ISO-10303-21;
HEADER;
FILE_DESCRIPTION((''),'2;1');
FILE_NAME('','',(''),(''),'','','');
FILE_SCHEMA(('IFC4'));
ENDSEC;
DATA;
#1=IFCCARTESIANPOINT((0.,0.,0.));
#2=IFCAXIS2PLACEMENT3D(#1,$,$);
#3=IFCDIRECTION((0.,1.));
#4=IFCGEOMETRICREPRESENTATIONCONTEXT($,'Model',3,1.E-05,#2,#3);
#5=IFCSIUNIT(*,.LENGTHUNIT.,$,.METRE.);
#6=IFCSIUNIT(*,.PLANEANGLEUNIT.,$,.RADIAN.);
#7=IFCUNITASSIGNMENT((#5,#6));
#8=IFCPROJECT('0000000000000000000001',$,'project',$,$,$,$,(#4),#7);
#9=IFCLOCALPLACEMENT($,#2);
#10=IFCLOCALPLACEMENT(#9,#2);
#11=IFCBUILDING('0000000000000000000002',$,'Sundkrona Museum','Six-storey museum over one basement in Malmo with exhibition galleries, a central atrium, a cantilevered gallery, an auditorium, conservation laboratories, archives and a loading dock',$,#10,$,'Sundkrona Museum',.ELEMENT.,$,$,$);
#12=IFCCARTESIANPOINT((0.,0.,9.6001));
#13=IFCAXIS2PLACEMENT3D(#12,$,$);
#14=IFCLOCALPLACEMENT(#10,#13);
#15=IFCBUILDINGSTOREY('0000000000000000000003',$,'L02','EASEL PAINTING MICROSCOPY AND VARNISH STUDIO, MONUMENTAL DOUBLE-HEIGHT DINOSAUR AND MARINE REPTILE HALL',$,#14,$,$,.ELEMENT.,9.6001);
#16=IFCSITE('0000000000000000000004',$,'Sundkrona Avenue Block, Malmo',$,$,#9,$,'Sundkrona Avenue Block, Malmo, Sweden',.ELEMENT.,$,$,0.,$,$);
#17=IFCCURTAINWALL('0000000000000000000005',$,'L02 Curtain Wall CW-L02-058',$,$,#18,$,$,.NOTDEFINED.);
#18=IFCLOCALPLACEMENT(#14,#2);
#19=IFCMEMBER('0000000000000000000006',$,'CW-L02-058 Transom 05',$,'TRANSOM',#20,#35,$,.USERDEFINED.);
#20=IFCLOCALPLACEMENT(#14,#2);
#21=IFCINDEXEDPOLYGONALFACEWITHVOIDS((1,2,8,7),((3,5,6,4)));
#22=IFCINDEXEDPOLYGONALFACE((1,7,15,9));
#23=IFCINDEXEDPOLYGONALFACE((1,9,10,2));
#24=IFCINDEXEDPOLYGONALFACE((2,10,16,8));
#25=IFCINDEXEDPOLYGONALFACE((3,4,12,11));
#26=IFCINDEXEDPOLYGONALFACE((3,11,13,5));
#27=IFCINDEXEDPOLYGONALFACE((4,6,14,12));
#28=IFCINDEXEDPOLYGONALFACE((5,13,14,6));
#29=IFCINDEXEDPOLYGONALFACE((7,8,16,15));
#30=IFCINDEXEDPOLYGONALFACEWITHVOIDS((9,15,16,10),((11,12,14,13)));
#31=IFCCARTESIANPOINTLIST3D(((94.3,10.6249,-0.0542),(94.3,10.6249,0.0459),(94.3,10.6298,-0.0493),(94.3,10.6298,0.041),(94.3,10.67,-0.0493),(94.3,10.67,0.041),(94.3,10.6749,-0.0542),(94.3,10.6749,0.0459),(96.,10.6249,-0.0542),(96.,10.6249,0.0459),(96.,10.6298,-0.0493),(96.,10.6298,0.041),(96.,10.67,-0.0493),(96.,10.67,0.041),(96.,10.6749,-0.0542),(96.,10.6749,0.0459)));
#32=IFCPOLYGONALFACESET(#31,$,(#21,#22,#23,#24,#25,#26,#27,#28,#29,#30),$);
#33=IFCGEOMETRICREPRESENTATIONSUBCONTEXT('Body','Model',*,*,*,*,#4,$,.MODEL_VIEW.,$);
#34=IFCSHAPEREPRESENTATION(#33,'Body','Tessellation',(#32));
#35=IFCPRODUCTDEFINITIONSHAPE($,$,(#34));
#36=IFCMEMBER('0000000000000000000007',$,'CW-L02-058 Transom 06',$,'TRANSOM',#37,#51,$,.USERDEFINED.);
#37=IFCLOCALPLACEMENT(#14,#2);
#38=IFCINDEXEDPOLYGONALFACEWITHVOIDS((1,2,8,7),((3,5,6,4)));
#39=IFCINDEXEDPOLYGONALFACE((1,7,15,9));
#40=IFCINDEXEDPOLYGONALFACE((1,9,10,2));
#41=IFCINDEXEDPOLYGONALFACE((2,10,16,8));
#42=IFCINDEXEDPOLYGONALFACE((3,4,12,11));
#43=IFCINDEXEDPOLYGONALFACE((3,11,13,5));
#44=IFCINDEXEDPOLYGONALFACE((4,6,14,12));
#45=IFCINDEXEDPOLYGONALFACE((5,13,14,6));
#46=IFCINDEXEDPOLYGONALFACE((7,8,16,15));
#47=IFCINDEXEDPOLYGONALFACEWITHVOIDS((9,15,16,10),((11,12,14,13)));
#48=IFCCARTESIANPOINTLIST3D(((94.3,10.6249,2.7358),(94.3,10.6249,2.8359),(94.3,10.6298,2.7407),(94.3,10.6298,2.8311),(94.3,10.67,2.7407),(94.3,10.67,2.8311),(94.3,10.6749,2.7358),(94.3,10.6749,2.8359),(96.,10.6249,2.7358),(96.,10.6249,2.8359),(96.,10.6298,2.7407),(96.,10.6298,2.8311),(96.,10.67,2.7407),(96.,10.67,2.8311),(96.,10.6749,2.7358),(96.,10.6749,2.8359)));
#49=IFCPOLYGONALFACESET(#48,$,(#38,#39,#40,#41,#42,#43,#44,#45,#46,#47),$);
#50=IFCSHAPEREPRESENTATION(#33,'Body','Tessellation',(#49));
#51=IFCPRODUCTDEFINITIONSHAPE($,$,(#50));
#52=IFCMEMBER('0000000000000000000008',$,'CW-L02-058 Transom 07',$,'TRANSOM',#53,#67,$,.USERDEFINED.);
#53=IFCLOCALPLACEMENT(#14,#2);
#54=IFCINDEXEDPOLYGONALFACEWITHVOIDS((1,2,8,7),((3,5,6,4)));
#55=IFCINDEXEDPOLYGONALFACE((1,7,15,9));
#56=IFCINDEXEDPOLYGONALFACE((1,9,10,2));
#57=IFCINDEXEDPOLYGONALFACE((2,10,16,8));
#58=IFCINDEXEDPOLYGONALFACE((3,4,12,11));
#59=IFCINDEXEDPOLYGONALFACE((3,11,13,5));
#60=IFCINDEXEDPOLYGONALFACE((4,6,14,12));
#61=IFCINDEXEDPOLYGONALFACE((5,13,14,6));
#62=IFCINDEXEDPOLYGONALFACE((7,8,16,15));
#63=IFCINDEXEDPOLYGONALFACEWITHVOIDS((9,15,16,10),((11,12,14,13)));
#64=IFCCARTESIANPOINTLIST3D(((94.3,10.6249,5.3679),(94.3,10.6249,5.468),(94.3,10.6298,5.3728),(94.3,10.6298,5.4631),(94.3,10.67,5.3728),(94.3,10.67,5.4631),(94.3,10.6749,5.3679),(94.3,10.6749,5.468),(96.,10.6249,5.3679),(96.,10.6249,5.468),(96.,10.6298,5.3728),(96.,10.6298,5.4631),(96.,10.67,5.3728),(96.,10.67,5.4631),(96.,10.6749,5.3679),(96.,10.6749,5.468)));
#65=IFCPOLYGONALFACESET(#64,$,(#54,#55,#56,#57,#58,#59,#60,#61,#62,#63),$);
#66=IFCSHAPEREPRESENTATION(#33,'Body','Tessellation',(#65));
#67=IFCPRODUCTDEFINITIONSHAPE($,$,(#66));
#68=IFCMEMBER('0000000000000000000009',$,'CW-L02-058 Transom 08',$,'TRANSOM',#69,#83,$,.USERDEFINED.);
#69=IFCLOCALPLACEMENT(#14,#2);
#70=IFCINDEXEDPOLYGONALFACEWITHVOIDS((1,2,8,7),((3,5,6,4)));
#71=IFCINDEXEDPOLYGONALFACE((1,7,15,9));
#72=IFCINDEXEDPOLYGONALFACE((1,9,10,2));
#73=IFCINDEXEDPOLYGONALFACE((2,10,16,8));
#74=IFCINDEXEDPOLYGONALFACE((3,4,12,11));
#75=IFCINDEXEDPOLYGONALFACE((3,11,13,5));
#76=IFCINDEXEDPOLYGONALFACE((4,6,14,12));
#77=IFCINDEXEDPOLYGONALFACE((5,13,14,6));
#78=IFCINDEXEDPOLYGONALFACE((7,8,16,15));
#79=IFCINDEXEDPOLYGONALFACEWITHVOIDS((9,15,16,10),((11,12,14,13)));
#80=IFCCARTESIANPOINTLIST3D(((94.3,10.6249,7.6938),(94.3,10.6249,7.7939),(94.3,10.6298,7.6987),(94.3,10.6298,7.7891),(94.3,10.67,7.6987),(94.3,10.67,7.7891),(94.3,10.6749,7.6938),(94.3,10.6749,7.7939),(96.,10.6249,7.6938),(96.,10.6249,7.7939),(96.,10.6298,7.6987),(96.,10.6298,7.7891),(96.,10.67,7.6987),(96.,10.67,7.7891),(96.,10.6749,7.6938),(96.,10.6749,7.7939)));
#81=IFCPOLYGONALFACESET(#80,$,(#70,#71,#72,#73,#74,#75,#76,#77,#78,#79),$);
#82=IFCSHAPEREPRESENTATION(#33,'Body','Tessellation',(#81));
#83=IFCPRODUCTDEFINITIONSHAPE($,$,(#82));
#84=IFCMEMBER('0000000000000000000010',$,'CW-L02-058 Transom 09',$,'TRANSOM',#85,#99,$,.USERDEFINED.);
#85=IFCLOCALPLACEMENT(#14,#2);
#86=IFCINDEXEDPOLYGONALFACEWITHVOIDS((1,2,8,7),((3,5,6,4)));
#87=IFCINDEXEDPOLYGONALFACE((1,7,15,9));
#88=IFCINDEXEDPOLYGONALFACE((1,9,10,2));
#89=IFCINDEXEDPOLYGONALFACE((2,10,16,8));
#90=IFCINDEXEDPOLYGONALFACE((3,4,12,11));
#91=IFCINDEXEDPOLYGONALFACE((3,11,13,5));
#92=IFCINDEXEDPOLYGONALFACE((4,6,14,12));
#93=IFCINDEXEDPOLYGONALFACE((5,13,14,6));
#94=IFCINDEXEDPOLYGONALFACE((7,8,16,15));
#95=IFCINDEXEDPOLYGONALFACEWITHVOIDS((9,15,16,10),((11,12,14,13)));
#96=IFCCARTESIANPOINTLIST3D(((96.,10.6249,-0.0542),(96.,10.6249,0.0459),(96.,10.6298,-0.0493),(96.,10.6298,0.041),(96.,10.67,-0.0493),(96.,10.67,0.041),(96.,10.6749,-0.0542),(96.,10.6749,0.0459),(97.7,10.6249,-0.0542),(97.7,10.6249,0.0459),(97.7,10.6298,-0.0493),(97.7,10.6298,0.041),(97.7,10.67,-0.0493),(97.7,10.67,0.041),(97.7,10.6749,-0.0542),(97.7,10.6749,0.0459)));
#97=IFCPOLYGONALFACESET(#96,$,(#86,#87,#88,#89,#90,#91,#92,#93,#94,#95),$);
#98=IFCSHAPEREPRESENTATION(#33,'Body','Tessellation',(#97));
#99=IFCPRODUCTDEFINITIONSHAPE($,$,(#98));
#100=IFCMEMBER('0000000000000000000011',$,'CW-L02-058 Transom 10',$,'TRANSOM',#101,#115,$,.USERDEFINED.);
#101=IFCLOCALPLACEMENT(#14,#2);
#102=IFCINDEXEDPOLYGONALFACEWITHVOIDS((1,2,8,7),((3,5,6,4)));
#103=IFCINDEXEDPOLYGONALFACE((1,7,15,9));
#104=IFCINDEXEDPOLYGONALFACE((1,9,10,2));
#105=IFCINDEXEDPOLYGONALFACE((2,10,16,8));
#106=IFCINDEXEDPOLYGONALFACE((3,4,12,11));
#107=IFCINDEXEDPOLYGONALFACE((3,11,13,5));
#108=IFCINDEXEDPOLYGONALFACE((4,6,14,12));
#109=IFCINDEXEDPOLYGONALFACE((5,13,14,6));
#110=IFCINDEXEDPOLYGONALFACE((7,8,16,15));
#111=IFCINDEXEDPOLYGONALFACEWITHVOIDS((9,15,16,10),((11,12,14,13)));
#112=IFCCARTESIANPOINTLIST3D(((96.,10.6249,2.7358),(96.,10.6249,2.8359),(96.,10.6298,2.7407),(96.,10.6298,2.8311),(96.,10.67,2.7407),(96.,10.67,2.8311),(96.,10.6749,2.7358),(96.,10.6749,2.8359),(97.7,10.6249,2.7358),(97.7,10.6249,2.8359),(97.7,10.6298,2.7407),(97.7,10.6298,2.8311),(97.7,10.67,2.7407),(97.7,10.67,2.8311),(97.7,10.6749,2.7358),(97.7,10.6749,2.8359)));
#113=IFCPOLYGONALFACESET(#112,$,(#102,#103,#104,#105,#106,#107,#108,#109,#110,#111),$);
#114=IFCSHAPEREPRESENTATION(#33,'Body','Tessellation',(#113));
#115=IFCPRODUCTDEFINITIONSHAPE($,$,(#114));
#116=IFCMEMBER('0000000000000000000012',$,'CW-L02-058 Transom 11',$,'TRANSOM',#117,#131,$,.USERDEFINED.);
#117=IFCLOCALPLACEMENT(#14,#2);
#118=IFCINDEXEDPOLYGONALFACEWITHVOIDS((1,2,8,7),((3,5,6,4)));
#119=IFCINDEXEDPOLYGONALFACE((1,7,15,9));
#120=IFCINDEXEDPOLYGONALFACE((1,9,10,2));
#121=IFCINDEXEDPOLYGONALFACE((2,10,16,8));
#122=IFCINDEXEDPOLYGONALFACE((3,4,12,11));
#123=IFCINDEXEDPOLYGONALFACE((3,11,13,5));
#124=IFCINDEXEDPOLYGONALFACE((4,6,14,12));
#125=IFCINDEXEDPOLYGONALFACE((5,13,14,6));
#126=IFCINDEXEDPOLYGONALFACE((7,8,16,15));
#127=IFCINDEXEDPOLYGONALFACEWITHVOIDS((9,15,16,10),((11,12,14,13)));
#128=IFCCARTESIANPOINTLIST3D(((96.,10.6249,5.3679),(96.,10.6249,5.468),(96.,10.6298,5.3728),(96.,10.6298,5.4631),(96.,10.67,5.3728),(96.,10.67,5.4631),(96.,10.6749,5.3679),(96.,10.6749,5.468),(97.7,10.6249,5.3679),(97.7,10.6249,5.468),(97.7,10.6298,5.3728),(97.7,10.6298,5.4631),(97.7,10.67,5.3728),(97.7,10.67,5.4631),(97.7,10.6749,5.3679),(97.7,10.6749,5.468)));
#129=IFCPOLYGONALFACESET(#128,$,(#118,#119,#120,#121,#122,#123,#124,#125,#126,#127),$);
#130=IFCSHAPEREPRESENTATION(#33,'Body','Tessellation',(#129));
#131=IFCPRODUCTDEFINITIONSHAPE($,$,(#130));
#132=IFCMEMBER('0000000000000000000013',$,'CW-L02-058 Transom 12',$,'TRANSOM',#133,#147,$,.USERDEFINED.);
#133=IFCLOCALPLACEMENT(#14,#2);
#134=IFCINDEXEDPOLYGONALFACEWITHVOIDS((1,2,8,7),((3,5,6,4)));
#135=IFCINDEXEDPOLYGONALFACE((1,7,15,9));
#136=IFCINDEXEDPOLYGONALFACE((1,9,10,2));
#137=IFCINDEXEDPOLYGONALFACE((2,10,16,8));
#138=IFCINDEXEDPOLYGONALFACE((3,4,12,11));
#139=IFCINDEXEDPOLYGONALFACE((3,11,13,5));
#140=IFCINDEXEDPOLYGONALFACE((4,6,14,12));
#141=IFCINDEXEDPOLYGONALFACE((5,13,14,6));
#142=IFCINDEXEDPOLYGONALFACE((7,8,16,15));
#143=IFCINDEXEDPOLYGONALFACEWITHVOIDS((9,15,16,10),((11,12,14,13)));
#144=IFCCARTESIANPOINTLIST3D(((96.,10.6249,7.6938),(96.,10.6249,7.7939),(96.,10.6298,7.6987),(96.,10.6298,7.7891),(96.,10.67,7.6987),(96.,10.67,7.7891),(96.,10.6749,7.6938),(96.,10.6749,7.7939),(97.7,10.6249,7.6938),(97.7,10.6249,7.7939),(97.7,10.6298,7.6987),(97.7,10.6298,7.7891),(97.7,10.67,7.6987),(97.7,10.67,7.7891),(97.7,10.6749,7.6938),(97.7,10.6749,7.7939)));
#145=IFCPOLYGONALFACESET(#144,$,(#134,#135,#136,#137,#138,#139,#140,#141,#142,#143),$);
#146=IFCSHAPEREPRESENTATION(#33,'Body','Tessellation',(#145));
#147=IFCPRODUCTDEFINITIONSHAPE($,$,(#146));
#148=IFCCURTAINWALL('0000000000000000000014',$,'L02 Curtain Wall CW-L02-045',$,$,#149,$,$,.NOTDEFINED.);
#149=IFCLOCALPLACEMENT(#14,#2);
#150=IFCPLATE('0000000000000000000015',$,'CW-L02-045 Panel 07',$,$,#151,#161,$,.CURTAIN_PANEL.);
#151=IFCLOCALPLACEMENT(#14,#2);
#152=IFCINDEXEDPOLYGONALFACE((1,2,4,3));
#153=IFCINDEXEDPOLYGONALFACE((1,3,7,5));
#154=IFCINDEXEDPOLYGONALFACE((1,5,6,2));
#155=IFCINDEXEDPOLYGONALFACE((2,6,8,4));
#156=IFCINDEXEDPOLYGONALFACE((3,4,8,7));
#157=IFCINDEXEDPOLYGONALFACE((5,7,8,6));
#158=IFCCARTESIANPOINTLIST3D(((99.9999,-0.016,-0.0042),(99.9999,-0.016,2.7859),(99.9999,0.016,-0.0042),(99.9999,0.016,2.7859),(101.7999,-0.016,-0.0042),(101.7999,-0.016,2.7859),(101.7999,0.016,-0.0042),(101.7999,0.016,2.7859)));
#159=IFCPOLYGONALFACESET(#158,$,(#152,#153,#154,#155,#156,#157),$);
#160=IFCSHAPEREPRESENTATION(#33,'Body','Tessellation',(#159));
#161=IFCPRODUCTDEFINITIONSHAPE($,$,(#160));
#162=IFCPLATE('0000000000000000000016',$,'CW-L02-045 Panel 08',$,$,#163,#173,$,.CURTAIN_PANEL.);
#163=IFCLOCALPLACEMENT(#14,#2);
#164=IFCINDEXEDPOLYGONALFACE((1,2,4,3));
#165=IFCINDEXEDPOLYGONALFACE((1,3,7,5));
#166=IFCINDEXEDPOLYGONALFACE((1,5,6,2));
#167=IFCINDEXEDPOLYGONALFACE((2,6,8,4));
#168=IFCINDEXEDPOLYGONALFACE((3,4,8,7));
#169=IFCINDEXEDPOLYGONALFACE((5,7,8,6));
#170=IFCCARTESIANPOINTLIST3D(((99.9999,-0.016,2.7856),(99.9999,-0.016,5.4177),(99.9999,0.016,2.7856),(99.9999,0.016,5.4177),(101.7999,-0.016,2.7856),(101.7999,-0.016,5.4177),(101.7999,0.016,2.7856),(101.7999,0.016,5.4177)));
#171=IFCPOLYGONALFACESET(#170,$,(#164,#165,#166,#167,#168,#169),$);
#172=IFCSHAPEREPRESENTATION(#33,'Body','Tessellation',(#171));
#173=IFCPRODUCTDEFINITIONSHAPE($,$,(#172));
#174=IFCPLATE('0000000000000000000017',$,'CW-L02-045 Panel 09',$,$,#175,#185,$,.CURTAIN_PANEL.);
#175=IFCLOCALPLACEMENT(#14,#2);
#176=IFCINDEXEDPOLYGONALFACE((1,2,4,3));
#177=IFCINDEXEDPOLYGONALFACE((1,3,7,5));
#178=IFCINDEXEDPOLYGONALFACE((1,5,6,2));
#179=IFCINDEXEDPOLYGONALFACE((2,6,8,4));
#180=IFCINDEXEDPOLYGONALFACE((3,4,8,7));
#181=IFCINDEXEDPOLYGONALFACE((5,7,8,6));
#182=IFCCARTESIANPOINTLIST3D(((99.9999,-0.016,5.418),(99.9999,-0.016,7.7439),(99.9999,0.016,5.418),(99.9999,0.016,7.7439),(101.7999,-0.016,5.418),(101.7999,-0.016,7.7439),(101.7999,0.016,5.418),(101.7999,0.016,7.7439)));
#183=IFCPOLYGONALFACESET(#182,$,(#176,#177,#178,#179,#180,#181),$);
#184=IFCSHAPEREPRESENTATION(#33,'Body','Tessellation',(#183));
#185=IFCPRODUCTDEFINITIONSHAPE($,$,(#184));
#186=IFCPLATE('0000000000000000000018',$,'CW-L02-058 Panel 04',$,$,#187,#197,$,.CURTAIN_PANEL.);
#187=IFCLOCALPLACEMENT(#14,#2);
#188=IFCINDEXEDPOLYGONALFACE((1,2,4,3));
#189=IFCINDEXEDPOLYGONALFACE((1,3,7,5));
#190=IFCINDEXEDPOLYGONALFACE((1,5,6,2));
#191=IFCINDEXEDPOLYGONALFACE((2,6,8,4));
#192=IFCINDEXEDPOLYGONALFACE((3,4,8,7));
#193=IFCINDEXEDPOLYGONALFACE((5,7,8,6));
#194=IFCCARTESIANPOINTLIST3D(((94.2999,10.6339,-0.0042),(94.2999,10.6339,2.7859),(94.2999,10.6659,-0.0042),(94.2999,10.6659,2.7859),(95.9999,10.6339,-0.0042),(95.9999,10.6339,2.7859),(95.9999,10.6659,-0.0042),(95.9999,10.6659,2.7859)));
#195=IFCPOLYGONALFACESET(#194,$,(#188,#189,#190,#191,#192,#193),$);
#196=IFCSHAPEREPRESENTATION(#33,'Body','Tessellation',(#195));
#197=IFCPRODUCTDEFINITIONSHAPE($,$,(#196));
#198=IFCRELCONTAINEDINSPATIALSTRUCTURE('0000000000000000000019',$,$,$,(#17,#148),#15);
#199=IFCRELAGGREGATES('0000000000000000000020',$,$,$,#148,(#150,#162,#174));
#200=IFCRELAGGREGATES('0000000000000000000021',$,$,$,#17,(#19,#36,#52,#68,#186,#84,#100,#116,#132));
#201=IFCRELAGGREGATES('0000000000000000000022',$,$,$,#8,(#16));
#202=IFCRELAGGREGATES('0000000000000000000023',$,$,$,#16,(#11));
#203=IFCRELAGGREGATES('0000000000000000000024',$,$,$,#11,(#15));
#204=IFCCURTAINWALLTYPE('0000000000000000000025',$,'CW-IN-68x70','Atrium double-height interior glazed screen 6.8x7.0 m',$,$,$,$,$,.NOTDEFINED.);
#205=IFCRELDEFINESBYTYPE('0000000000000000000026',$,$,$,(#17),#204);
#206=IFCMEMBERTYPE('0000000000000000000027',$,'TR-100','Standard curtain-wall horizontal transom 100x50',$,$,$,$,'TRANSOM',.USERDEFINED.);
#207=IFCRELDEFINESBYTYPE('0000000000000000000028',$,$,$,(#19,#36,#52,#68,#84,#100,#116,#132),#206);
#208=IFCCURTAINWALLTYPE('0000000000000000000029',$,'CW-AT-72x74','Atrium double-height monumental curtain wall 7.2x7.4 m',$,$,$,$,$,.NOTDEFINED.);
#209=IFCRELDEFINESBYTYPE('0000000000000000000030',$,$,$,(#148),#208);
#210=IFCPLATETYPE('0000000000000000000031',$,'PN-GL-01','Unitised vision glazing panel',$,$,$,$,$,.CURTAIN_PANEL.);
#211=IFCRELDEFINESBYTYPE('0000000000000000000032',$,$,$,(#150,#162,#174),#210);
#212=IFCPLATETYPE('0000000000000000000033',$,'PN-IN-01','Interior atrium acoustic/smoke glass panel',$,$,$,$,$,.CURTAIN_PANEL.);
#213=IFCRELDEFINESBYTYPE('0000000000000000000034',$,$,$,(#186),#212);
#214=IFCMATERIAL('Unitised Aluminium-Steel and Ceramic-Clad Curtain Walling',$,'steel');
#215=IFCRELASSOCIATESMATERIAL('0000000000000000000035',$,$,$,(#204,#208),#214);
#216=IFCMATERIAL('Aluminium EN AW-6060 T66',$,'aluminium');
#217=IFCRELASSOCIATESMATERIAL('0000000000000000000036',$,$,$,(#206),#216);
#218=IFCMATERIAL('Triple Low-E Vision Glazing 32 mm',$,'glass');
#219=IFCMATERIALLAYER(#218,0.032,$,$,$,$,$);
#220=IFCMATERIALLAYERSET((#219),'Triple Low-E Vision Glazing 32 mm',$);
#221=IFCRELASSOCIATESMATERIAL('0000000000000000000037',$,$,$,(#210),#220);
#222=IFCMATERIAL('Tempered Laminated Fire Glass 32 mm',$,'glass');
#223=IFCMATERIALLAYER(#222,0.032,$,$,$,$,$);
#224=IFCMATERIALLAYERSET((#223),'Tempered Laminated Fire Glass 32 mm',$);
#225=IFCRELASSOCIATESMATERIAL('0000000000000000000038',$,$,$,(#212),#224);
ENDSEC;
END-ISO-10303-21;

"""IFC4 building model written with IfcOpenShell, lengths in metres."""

from ifc_helpers import new_model, si_unit, direction, frame, origin, origin_2d, place, context, subcontext, project, spatial, rectangle, hollow_rectangle, extrude, material, layer, layer_set, material_profile, profile_set, type_object, element, aggregate, save


model = new_model("IFC4")

# Units and contexts
model_context = context("Model", 3, precision=1e-05, world=origin(), true_north=direction((0.0, 1.0)))
body_context = subcontext(model_context, "Body", "Model", "MODEL_VIEW")
ifc_project = project(units=[si_unit("LENGTHUNIT", "METRE"), si_unit("PLANEANGLEUNIT", "RADIAN")], contexts=[model_context])

# Site, building, storey
site_placement = place(None, origin())
site = spatial("IfcSite", under=ifc_project, at=site_placement, Name="Sundkrona Avenue Block, Malmo", LongName="Sundkrona Avenue Block, Malmo, Sweden", CompositionType="ELEMENT", RefElevation=0.0)
building_placement = place(site_placement, origin())
building = spatial("IfcBuilding", under=site, at=building_placement, Name="Sundkrona Museum", Description="Six-storey museum over one basement in Malmo with exhibition galleries, a central atrium, a cantilevered gallery, an auditorium, conservation laboratories, archives and a loading dock", LongName="Sundkrona Museum", CompositionType="ELEMENT")
storey_placement = place(building_placement, frame((0.0, 0.0, 9.6001)))
storey = spatial("IfcBuildingStorey", under=building, at=storey_placement, Name="L02", Description="EASEL PAINTING MICROSCOPY AND VARNISH STUDIO, MONUMENTAL DOUBLE-HEIGHT DINOSAUR AND MARINE REPTILE HALL", CompositionType="ELEMENT", Elevation=9.6001)

# Curtain wall, members
ifc_material_1 = material(Name="Unitised Aluminium-Steel and Ceramic-Clad Curtain Walling", Category="steel")
curtain_wall_type_1 = type_object("IfcCurtainWallType", Name="CW-IN-68x70", Description="Atrium double-height interior glazed screen 6.8x7.0 m", PredefinedType="NOTDEFINED", material=ifc_material_1)
curtain_wall_1_placement = place(storey_placement, origin())
curtain_wall_1 = element("IfcCurtainWall", 1, at=curtain_wall_1_placement, inside=storey, type_object=curtain_wall_type_1, Name="L02 Curtain Wall CW-L02-058", PredefinedType="NOTDEFINED")
ifc_material_2 = material(Name="Aluminium EN AW-6060 T66", Category="aluminium")
ifc_material_profile_1 = material_profile(ifc_material_2, hollow_rectangle(XDim=0.05, YDim=0.1001, WallThickness=0.0049, at=origin_2d()), Name="RHS 100x50x5.0")
ifc_profile_set_1 = profile_set([ifc_material_profile_1], Name="Aluminium EN AW-6060 T66")
member_type_1 = type_object("IfcMemberType", Name="TR-100", Description="Standard curtain-wall horizontal transom 100x50", ElementType="TRANSOM", PredefinedType="USERDEFINED", material=ifc_profile_set_1)
member_1_placement = place(storey_placement, frame((94.3, 10.6499, -0.0042), z_axis=(1.0, 0.0, 0.0), x_axis=(0.0, 1.0, 0.0)))
member_1 = element("IfcMember", 2, at=member_1_placement, type_object=member_type_1, Name="CW-L02-058 Transom 05", ObjectType="TRANSOM", PredefinedType="USERDEFINED", context=body_context, shape_type="SweptSolid", body=[
    extrude(hollow_rectangle(XDim=0.05, YDim=0.1001, WallThickness=0.0049, at=origin_2d()), origin(), (0.0, 0.0, 1.0), 1.7),
])
member_2_placement = place(storey_placement, frame((94.3, 10.6499, 2.7859), z_axis=(1.0, 0.0, 0.0), x_axis=(0.0, 1.0, 0.0)))
member_2 = element("IfcMember", 3, at=member_2_placement, type_object=member_type_1, Name="CW-L02-058 Transom 06", ObjectType="TRANSOM", PredefinedType="USERDEFINED", context=body_context, shape_type="SweptSolid", body=[
    extrude(hollow_rectangle(XDim=0.05, YDim=0.1001, WallThickness=0.0049, at=origin_2d()), origin(), (0.0, 0.0, 1.0), 1.7),
])
member_3_placement = place(storey_placement, frame((94.3, 10.6499, 5.418), z_axis=(1.0, 0.0, 0.0), x_axis=(0.0, 1.0, 0.0)))
member_3 = element("IfcMember", 4, at=member_3_placement, type_object=member_type_1, Name="CW-L02-058 Transom 07", ObjectType="TRANSOM", PredefinedType="USERDEFINED", context=body_context, shape_type="SweptSolid", body=[
    extrude(hollow_rectangle(XDim=0.05, YDim=0.1001, WallThickness=0.0049, at=origin_2d()), origin(), (0.0, 0.0, 1.0), 1.7),
])
member_4_placement = place(storey_placement, frame((94.3, 10.6499, 7.7439), z_axis=(1.0, 0.0, 0.0), x_axis=(0.0, 1.0, 0.0)))
member_4 = element("IfcMember", 5, at=member_4_placement, type_object=member_type_1, Name="CW-L02-058 Transom 08", ObjectType="TRANSOM", PredefinedType="USERDEFINED", context=body_context, shape_type="SweptSolid", body=[
    extrude(hollow_rectangle(XDim=0.05, YDim=0.1001, WallThickness=0.0049, at=origin_2d()), origin(), (0.0, 0.0, 1.0), 1.7),
])
member_5_placement = place(storey_placement, frame((96.0, 10.6499, -0.0042), z_axis=(1.0, 0.0, 0.0), x_axis=(0.0, 1.0, 0.0)))
member_5 = element("IfcMember", 6, at=member_5_placement, type_object=member_type_1, Name="CW-L02-058 Transom 09", ObjectType="TRANSOM", PredefinedType="USERDEFINED", context=body_context, shape_type="SweptSolid", body=[
    extrude(hollow_rectangle(XDim=0.05, YDim=0.1001, WallThickness=0.0049, at=origin_2d()), origin(), (0.0, 0.0, 1.0), 1.7),
])
member_6_placement = place(storey_placement, frame((96.0, 10.6499, 2.7859), z_axis=(1.0, 0.0, 0.0), x_axis=(0.0, 1.0, 0.0)))
member_6 = element("IfcMember", 7, at=member_6_placement, type_object=member_type_1, Name="CW-L02-058 Transom 10", ObjectType="TRANSOM", PredefinedType="USERDEFINED", context=body_context, shape_type="SweptSolid", body=[
    extrude(hollow_rectangle(XDim=0.05, YDim=0.1001, WallThickness=0.0049, at=origin_2d()), origin(), (0.0, 0.0, 1.0), 1.7),
])
member_7_placement = place(storey_placement, frame((96.0, 10.6499, 5.418), z_axis=(1.0, 0.0, 0.0), x_axis=(0.0, 1.0, 0.0)))
member_7 = element("IfcMember", 8, at=member_7_placement, type_object=member_type_1, Name="CW-L02-058 Transom 11", ObjectType="TRANSOM", PredefinedType="USERDEFINED", context=body_context, shape_type="SweptSolid", body=[
    extrude(hollow_rectangle(XDim=0.05, YDim=0.1001, WallThickness=0.0049, at=origin_2d()), origin(), (0.0, 0.0, 1.0), 1.7),
])
member_8_placement = place(storey_placement, frame((96.0, 10.6499, 7.7439), z_axis=(1.0, 0.0, 0.0), x_axis=(0.0, 1.0, 0.0)))
member_8 = element("IfcMember", 9, at=member_8_placement, type_object=member_type_1, Name="CW-L02-058 Transom 12", ObjectType="TRANSOM", PredefinedType="USERDEFINED", context=body_context, shape_type="SweptSolid", body=[
    extrude(hollow_rectangle(XDim=0.05, YDim=0.1001, WallThickness=0.0049, at=origin_2d()), origin(), (0.0, 0.0, 1.0), 1.7),
])

# Curtain wall, plates
curtain_wall_type_2 = type_object("IfcCurtainWallType", Name="CW-AT-72x74", Description="Atrium double-height monumental curtain wall 7.2x7.4 m", PredefinedType="NOTDEFINED", material=ifc_material_1)
curtain_wall_2_placement = place(storey_placement, origin())
curtain_wall_2 = element("IfcCurtainWall", 10, at=curtain_wall_2_placement, inside=storey, type_object=curtain_wall_type_2, Name="L02 Curtain Wall CW-L02-045", PredefinedType="NOTDEFINED")
ifc_material_3 = material(Name="Triple Low-E Vision Glazing 32 mm", Category="glass")
ifc_layer_1 = layer(ifc_material_3, 0.032)
ifc_layer_set_1 = layer_set([ifc_layer_1], Name="Triple Low-E Vision Glazing 32 mm")
plate_type_1 = type_object("IfcPlateType", Name="PN-GL-01", Description="Unitised vision glazing panel", PredefinedType="CURTAIN_PANEL", material=ifc_layer_set_1)
plate_1_placement = place(storey_placement, frame((100.8999, 0.0, -0.0042), z_axis=(0.0, 0.0, 1.0), x_axis=(1.0, 0.0, 0.0)))
plate_1 = element("IfcPlate", 11, at=plate_1_placement, type_object=plate_type_1, Name="CW-L02-045 Panel 07", PredefinedType="CURTAIN_PANEL", context=body_context, shape_type="SweptSolid", body=[
    extrude(rectangle(XDim=1.8, YDim=0.032, at=origin_2d()), origin(), (0.0, 0.0, 1.0), 2.79),
])
plate_2_placement = place(storey_placement, frame((100.8999, 0.0, 2.7856), z_axis=(0.0, 0.0, 1.0), x_axis=(1.0, 0.0, 0.0)))
plate_2 = element("IfcPlate", 12, at=plate_2_placement, type_object=plate_type_1, Name="CW-L02-045 Panel 08", PredefinedType="CURTAIN_PANEL", context=body_context, shape_type="SweptSolid", body=[
    extrude(rectangle(XDim=1.8, YDim=0.032, at=origin_2d()), origin(), (0.0, 0.0, 1.0), 2.6321),
])
plate_3_placement = place(storey_placement, frame((100.8999, 0.0, 5.418), z_axis=(0.0, 0.0, 1.0), x_axis=(1.0, 0.0, 0.0)))
plate_3 = element("IfcPlate", 13, at=plate_3_placement, type_object=plate_type_1, Name="CW-L02-045 Panel 09", PredefinedType="CURTAIN_PANEL", context=body_context, shape_type="SweptSolid", body=[
    extrude(rectangle(XDim=1.8, YDim=0.032, at=origin_2d()), origin(), (0.0, 0.0, 1.0), 2.3259),
])
aggregate(curtain_wall_2, [plate_1, plate_2, plate_3])

# Plate
ifc_material_4 = material(Name="Tempered Laminated Fire Glass 32 mm", Category="glass")
ifc_layer_2 = layer(ifc_material_4, 0.032)
ifc_layer_set_2 = layer_set([ifc_layer_2], Name="Tempered Laminated Fire Glass 32 mm")
plate_type_2 = type_object("IfcPlateType", Name="PN-IN-01", Description="Interior atrium acoustic/smoke glass panel", PredefinedType="CURTAIN_PANEL", material=ifc_layer_set_2)
plate_4_placement = place(storey_placement, frame((95.1499, 10.6499, -0.0042), z_axis=(0.0, 0.0, 1.0), x_axis=(1.0, 0.0, 0.0)))
plate_4 = element("IfcPlate", 14, at=plate_4_placement, type_object=plate_type_2, Name="CW-L02-058 Panel 04", PredefinedType="CURTAIN_PANEL", context=body_context, shape_type="SweptSolid", body=[
    extrude(rectangle(XDim=1.7, YDim=0.032, at=origin_2d()), origin(), (0.0, 0.0, 1.0), 2.79),
])
aggregate(curtain_wall_1, [member_1, member_2, member_3, member_4, plate_4, member_5, member_6, member_7, member_8])

save(model, "model.ifc")
